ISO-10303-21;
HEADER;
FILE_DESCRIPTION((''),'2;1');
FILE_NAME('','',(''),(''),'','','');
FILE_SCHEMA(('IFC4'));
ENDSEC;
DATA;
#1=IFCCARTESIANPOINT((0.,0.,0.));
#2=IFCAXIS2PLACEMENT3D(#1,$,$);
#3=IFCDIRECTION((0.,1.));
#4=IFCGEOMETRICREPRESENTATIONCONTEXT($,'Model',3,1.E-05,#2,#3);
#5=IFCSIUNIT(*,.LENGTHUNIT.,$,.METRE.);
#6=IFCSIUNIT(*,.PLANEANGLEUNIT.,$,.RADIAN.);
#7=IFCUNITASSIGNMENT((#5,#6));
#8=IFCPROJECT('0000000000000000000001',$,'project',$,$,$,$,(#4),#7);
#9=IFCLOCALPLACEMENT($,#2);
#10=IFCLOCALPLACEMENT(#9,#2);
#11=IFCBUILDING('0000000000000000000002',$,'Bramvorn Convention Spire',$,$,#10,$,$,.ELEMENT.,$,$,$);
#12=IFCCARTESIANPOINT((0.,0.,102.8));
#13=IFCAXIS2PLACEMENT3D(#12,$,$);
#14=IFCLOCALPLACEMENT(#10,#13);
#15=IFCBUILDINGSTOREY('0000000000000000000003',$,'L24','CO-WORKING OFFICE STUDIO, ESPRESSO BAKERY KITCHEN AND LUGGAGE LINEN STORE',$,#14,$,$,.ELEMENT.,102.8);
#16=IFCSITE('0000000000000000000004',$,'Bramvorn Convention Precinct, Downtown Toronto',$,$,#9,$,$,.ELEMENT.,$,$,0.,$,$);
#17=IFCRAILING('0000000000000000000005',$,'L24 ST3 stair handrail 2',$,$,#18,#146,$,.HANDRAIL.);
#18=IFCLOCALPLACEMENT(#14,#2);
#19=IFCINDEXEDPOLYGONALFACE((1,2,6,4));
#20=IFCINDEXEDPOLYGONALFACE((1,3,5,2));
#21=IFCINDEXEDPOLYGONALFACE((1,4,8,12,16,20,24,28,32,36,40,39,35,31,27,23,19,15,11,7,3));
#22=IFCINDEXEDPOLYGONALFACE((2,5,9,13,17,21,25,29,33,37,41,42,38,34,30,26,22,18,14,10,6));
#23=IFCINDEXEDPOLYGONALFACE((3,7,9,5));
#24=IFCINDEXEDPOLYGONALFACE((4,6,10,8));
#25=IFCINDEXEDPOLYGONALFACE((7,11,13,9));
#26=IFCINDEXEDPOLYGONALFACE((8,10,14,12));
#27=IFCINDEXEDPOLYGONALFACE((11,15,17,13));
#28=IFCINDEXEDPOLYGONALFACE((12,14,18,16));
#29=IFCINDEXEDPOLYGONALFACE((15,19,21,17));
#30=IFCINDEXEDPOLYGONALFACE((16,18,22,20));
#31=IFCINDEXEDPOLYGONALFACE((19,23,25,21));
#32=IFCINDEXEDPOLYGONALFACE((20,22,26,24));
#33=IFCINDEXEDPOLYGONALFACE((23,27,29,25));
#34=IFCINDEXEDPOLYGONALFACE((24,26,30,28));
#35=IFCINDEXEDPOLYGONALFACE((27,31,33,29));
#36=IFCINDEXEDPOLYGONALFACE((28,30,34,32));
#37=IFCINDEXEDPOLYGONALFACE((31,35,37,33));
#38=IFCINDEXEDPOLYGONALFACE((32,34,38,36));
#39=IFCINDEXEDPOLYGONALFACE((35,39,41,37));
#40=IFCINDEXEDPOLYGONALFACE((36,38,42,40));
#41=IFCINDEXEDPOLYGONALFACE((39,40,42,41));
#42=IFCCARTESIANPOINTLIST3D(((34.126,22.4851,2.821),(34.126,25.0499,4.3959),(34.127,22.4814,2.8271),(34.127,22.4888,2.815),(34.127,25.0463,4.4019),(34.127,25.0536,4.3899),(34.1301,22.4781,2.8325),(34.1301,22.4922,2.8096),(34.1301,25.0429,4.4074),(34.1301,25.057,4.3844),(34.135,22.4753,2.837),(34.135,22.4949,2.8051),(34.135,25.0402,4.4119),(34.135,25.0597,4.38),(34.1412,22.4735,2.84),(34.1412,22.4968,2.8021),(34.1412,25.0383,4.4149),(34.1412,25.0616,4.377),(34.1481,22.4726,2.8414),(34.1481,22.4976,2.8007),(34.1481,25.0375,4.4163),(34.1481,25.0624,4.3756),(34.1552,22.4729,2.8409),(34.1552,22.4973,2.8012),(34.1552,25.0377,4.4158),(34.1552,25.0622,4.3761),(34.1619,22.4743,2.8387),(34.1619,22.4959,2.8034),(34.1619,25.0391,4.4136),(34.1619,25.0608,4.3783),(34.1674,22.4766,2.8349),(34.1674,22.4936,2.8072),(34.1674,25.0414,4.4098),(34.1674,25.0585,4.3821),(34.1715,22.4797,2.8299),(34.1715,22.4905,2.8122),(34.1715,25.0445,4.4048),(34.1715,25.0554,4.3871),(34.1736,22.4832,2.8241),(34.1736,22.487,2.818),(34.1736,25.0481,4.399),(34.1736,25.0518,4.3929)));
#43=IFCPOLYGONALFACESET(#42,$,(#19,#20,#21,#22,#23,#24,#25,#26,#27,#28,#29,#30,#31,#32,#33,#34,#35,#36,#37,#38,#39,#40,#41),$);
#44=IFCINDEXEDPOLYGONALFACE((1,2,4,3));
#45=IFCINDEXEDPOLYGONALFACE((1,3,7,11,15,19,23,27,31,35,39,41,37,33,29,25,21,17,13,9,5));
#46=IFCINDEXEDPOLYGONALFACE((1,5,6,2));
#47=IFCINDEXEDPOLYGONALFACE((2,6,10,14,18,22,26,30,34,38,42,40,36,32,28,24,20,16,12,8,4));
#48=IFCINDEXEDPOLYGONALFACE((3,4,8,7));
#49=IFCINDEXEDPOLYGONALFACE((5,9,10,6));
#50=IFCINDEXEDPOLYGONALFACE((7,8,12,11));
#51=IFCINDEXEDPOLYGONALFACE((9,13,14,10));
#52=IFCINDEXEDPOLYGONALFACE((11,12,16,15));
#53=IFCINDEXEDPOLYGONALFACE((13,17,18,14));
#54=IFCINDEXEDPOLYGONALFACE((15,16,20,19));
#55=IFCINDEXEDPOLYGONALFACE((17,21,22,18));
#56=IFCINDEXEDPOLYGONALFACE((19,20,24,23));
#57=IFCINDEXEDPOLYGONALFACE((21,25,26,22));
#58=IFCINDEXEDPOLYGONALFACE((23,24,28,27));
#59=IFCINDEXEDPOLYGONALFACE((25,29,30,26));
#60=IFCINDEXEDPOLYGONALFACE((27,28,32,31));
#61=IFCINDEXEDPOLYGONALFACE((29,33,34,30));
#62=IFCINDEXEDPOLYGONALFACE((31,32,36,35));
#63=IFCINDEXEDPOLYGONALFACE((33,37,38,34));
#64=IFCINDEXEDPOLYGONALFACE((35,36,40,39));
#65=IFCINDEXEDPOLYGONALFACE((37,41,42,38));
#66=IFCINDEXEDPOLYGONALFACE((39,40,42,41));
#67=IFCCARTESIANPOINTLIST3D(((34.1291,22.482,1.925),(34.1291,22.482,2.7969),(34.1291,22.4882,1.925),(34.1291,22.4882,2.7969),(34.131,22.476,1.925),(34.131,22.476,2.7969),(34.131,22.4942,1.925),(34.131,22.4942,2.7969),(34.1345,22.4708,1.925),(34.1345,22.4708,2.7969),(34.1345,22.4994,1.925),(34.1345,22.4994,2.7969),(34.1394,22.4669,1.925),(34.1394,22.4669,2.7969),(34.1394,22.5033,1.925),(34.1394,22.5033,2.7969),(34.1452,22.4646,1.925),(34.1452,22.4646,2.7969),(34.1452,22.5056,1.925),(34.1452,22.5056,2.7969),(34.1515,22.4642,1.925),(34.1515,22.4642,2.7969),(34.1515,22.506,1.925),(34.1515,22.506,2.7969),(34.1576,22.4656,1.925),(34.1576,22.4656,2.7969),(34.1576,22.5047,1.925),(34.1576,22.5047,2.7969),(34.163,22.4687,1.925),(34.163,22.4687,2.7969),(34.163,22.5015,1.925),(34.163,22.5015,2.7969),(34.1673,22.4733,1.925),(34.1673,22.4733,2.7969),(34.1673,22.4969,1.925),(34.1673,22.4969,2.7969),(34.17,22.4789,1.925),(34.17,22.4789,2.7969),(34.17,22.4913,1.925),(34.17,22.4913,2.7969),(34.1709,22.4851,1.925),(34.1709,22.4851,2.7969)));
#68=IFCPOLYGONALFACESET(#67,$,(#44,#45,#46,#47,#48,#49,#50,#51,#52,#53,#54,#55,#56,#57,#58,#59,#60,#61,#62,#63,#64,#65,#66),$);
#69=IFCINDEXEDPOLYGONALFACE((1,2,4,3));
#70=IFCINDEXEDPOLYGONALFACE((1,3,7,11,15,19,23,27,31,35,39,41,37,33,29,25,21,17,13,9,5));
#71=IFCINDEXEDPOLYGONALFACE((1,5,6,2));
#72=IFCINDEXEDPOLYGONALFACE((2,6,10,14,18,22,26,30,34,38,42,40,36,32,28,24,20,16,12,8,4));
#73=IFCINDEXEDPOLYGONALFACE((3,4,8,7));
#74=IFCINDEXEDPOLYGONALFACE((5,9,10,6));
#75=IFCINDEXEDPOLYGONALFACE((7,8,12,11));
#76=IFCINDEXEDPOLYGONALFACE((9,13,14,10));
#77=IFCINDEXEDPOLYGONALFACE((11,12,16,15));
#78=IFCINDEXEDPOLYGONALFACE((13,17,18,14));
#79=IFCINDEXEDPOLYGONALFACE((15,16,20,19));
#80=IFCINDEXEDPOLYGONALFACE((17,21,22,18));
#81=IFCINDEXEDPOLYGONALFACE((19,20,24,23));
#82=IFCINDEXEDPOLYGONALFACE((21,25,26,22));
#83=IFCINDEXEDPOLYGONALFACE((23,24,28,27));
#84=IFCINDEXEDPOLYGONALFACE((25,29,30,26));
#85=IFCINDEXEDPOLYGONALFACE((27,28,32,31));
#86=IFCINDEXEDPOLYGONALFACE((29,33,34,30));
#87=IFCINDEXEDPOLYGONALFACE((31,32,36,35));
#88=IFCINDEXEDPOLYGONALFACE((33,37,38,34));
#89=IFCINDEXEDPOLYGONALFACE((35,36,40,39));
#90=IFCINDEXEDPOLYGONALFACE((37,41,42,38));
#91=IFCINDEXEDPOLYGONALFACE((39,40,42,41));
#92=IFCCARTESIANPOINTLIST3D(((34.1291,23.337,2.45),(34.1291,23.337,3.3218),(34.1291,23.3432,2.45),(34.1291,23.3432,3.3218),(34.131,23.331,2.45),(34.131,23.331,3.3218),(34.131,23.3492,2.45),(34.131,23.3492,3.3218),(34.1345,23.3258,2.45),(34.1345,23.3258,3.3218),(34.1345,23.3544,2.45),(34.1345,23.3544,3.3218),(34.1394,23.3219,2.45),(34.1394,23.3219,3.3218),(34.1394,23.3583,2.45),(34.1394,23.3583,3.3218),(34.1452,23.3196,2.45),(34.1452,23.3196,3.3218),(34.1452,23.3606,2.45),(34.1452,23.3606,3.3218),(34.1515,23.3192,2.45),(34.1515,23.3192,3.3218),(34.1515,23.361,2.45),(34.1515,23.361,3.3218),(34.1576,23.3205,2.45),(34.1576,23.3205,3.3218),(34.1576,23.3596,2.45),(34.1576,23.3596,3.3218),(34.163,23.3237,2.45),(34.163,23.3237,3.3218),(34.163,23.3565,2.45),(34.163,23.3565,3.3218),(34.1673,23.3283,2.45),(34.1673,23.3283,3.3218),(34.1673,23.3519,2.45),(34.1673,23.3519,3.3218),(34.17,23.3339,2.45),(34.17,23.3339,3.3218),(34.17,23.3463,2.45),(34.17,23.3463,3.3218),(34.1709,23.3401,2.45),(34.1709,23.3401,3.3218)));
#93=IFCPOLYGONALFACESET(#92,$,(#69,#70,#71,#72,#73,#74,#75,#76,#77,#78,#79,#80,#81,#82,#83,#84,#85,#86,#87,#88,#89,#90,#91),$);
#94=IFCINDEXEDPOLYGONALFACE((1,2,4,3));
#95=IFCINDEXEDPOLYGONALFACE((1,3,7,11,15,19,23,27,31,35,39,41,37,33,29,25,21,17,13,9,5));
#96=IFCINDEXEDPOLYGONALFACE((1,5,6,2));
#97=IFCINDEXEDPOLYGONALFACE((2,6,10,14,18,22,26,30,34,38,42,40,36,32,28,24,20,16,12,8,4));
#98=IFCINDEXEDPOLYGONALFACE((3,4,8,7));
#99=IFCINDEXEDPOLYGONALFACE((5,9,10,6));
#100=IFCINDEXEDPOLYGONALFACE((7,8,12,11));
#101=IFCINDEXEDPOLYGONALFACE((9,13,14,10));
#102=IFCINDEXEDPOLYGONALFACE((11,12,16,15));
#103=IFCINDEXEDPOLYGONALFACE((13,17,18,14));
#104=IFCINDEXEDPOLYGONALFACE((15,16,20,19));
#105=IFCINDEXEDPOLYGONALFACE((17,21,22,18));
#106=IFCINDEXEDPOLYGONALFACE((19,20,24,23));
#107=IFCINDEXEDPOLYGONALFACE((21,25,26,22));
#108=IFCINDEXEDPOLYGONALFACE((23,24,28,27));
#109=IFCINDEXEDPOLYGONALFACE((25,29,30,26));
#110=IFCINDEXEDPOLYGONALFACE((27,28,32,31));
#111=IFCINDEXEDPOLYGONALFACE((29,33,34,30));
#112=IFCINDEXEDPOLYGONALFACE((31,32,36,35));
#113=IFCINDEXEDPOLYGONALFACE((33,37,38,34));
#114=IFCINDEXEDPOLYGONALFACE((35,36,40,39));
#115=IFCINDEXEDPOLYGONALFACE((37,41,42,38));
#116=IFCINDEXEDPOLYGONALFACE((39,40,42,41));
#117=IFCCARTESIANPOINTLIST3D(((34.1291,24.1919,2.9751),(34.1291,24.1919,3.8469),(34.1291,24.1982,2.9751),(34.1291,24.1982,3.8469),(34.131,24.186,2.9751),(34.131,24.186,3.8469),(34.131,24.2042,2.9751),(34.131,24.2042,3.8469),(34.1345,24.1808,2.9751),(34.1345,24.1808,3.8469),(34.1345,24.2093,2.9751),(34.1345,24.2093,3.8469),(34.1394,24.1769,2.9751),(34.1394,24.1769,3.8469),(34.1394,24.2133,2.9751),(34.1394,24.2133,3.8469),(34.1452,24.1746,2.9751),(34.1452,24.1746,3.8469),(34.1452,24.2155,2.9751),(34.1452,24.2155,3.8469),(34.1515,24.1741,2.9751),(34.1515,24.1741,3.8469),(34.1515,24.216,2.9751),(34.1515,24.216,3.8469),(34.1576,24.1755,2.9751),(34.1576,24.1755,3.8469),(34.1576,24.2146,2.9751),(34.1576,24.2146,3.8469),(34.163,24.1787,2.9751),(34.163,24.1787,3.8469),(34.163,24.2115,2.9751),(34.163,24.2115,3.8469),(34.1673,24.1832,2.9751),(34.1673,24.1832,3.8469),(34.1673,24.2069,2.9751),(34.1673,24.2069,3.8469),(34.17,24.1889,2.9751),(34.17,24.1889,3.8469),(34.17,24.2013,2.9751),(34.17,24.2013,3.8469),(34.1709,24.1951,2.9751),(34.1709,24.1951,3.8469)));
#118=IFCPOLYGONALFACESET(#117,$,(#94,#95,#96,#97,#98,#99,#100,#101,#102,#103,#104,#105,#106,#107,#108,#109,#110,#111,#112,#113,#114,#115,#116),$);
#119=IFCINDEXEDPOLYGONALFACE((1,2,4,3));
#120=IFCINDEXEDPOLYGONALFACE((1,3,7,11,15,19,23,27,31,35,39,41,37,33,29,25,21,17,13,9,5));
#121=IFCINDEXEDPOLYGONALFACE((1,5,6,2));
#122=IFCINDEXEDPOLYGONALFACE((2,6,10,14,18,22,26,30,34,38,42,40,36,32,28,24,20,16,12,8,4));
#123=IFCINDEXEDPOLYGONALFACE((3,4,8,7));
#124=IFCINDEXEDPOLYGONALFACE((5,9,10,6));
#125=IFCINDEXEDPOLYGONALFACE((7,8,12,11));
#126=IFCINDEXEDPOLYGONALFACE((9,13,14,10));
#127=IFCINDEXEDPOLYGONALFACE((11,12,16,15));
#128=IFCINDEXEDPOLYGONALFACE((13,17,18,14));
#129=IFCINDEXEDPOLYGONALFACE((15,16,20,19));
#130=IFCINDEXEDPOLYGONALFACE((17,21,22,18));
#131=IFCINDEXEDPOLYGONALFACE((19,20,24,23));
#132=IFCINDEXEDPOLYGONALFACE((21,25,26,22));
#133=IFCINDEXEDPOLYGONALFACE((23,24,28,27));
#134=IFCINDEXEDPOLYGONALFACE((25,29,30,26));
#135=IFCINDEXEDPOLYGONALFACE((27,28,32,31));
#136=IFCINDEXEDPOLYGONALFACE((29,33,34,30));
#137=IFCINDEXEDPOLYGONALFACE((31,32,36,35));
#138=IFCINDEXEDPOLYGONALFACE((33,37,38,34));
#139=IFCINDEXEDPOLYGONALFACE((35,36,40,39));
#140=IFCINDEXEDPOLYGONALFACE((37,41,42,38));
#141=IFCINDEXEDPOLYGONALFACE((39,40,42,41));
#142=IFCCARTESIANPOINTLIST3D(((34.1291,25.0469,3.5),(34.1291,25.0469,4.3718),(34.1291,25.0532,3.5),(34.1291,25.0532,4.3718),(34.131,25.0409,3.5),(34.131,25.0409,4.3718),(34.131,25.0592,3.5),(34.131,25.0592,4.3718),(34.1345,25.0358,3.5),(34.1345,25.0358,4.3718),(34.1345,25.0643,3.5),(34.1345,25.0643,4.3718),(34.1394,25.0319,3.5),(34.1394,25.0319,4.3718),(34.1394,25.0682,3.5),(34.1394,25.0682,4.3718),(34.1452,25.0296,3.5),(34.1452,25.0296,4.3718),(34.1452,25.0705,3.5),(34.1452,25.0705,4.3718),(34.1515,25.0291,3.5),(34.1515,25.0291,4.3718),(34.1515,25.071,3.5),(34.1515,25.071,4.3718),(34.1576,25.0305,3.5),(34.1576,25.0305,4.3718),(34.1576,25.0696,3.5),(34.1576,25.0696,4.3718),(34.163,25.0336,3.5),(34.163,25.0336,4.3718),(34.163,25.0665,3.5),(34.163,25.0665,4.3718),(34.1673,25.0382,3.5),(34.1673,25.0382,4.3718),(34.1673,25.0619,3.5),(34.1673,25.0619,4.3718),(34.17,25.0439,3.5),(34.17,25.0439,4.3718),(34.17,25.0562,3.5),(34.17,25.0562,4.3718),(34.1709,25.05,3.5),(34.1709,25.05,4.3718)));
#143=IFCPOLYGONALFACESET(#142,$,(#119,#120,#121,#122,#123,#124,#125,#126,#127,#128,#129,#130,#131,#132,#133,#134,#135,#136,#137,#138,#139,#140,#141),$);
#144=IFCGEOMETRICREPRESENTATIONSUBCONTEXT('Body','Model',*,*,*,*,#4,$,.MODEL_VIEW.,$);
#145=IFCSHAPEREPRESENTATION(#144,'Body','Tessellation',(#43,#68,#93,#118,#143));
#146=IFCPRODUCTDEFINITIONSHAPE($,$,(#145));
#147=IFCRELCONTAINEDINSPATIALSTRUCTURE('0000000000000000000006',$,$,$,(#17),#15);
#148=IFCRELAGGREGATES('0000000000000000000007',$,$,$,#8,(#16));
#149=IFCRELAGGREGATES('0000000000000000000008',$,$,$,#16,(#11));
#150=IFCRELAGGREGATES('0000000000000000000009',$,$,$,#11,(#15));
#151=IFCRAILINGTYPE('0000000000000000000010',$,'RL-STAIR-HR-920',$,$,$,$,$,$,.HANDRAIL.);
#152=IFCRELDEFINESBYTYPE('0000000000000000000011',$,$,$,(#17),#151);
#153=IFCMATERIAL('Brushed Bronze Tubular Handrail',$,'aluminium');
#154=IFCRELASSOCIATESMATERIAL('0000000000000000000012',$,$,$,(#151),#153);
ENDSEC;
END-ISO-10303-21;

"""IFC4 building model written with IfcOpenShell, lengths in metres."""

from ifc_helpers import new_model, si_unit, direction, frame, origin, origin_2d, place, context, subcontext, project, spatial, circle, extrude, material, type_object, element, save


model = new_model("IFC4")

# Units and contexts
model_context = context("Model", 3, precision=1e-05, world=origin(), true_north=direction((0.0, 1.0)))
body_context = subcontext(model_context, "Body", "Model", "MODEL_VIEW")
ifc_project = project(units=[si_unit("LENGTHUNIT", "METRE"), si_unit("PLANEANGLEUNIT", "RADIAN")], contexts=[model_context])

# Site, building, storey
site_placement = place(None, origin())
site = spatial("IfcSite", under=ifc_project, at=site_placement, Name="Bramvorn Convention Precinct, Downtown Toronto", CompositionType="ELEMENT", RefElevation=0.0)
building_placement = place(site_placement, origin())
building = spatial("IfcBuilding", under=site, at=building_placement, Name="Bramvorn Convention Spire", CompositionType="ELEMENT")
storey_placement = place(building_placement, frame((0.0, 0.0, 102.8)))
storey = spatial("IfcBuildingStorey", under=building, at=storey_placement, Name="L24", Description="CO-WORKING OFFICE STUDIO, ESPRESSO BAKERY KITCHEN AND LUGGAGE LINEN STORE", CompositionType="ELEMENT", Elevation=102.8)

# Railing
ifc_material_1 = material(Name="Brushed Bronze Tubular Handrail", Category="aluminium")
railing_type_1 = type_object("IfcRailingType", Name="RL-STAIR-HR-920", PredefinedType="HANDRAIL", material=ifc_material_1)
for number, where, name in (
    (1, (34.1499, 22.4851, 1.925), "L24 ST3 stair handrail 2"),
):
    element("IfcRailing", number, at=place(storey_placement, frame(where)), inside=storey, type_object=railing_type_1, Name=name, PredefinedType="HANDRAIL", context=body_context, shape_type="SweptSolid", body=[
        extrude(circle(Radius=0.0239, at=origin_2d()), frame((0.0, 0.0, 0.896), z_axis=(0.0, 0.852173, 0.52326), x_axis=(-1.0, 0.0, 0.0)), (0.0, 0.0, 1.0), 3.0098),
        extrude(circle(Radius=0.021, at=origin_2d()), origin(), (0.0, 0.0, 1.0), 0.8718),
        extrude(circle(Radius=0.021, at=origin_2d()), frame((0.0, 0.855, 0.5249)), (0.0, 0.0, 1.0), 0.8718),
        extrude(circle(Radius=0.021, at=origin_2d()), frame((0.0, 1.71, 1.05)), (0.0, 0.0, 1.0), 0.8718),
        extrude(circle(Radius=0.021, at=origin_2d()), frame((0.0, 2.5649, 1.575)), (0.0, 0.0, 1.0), 0.8718),
    ])

save(model, "model.ifc")
